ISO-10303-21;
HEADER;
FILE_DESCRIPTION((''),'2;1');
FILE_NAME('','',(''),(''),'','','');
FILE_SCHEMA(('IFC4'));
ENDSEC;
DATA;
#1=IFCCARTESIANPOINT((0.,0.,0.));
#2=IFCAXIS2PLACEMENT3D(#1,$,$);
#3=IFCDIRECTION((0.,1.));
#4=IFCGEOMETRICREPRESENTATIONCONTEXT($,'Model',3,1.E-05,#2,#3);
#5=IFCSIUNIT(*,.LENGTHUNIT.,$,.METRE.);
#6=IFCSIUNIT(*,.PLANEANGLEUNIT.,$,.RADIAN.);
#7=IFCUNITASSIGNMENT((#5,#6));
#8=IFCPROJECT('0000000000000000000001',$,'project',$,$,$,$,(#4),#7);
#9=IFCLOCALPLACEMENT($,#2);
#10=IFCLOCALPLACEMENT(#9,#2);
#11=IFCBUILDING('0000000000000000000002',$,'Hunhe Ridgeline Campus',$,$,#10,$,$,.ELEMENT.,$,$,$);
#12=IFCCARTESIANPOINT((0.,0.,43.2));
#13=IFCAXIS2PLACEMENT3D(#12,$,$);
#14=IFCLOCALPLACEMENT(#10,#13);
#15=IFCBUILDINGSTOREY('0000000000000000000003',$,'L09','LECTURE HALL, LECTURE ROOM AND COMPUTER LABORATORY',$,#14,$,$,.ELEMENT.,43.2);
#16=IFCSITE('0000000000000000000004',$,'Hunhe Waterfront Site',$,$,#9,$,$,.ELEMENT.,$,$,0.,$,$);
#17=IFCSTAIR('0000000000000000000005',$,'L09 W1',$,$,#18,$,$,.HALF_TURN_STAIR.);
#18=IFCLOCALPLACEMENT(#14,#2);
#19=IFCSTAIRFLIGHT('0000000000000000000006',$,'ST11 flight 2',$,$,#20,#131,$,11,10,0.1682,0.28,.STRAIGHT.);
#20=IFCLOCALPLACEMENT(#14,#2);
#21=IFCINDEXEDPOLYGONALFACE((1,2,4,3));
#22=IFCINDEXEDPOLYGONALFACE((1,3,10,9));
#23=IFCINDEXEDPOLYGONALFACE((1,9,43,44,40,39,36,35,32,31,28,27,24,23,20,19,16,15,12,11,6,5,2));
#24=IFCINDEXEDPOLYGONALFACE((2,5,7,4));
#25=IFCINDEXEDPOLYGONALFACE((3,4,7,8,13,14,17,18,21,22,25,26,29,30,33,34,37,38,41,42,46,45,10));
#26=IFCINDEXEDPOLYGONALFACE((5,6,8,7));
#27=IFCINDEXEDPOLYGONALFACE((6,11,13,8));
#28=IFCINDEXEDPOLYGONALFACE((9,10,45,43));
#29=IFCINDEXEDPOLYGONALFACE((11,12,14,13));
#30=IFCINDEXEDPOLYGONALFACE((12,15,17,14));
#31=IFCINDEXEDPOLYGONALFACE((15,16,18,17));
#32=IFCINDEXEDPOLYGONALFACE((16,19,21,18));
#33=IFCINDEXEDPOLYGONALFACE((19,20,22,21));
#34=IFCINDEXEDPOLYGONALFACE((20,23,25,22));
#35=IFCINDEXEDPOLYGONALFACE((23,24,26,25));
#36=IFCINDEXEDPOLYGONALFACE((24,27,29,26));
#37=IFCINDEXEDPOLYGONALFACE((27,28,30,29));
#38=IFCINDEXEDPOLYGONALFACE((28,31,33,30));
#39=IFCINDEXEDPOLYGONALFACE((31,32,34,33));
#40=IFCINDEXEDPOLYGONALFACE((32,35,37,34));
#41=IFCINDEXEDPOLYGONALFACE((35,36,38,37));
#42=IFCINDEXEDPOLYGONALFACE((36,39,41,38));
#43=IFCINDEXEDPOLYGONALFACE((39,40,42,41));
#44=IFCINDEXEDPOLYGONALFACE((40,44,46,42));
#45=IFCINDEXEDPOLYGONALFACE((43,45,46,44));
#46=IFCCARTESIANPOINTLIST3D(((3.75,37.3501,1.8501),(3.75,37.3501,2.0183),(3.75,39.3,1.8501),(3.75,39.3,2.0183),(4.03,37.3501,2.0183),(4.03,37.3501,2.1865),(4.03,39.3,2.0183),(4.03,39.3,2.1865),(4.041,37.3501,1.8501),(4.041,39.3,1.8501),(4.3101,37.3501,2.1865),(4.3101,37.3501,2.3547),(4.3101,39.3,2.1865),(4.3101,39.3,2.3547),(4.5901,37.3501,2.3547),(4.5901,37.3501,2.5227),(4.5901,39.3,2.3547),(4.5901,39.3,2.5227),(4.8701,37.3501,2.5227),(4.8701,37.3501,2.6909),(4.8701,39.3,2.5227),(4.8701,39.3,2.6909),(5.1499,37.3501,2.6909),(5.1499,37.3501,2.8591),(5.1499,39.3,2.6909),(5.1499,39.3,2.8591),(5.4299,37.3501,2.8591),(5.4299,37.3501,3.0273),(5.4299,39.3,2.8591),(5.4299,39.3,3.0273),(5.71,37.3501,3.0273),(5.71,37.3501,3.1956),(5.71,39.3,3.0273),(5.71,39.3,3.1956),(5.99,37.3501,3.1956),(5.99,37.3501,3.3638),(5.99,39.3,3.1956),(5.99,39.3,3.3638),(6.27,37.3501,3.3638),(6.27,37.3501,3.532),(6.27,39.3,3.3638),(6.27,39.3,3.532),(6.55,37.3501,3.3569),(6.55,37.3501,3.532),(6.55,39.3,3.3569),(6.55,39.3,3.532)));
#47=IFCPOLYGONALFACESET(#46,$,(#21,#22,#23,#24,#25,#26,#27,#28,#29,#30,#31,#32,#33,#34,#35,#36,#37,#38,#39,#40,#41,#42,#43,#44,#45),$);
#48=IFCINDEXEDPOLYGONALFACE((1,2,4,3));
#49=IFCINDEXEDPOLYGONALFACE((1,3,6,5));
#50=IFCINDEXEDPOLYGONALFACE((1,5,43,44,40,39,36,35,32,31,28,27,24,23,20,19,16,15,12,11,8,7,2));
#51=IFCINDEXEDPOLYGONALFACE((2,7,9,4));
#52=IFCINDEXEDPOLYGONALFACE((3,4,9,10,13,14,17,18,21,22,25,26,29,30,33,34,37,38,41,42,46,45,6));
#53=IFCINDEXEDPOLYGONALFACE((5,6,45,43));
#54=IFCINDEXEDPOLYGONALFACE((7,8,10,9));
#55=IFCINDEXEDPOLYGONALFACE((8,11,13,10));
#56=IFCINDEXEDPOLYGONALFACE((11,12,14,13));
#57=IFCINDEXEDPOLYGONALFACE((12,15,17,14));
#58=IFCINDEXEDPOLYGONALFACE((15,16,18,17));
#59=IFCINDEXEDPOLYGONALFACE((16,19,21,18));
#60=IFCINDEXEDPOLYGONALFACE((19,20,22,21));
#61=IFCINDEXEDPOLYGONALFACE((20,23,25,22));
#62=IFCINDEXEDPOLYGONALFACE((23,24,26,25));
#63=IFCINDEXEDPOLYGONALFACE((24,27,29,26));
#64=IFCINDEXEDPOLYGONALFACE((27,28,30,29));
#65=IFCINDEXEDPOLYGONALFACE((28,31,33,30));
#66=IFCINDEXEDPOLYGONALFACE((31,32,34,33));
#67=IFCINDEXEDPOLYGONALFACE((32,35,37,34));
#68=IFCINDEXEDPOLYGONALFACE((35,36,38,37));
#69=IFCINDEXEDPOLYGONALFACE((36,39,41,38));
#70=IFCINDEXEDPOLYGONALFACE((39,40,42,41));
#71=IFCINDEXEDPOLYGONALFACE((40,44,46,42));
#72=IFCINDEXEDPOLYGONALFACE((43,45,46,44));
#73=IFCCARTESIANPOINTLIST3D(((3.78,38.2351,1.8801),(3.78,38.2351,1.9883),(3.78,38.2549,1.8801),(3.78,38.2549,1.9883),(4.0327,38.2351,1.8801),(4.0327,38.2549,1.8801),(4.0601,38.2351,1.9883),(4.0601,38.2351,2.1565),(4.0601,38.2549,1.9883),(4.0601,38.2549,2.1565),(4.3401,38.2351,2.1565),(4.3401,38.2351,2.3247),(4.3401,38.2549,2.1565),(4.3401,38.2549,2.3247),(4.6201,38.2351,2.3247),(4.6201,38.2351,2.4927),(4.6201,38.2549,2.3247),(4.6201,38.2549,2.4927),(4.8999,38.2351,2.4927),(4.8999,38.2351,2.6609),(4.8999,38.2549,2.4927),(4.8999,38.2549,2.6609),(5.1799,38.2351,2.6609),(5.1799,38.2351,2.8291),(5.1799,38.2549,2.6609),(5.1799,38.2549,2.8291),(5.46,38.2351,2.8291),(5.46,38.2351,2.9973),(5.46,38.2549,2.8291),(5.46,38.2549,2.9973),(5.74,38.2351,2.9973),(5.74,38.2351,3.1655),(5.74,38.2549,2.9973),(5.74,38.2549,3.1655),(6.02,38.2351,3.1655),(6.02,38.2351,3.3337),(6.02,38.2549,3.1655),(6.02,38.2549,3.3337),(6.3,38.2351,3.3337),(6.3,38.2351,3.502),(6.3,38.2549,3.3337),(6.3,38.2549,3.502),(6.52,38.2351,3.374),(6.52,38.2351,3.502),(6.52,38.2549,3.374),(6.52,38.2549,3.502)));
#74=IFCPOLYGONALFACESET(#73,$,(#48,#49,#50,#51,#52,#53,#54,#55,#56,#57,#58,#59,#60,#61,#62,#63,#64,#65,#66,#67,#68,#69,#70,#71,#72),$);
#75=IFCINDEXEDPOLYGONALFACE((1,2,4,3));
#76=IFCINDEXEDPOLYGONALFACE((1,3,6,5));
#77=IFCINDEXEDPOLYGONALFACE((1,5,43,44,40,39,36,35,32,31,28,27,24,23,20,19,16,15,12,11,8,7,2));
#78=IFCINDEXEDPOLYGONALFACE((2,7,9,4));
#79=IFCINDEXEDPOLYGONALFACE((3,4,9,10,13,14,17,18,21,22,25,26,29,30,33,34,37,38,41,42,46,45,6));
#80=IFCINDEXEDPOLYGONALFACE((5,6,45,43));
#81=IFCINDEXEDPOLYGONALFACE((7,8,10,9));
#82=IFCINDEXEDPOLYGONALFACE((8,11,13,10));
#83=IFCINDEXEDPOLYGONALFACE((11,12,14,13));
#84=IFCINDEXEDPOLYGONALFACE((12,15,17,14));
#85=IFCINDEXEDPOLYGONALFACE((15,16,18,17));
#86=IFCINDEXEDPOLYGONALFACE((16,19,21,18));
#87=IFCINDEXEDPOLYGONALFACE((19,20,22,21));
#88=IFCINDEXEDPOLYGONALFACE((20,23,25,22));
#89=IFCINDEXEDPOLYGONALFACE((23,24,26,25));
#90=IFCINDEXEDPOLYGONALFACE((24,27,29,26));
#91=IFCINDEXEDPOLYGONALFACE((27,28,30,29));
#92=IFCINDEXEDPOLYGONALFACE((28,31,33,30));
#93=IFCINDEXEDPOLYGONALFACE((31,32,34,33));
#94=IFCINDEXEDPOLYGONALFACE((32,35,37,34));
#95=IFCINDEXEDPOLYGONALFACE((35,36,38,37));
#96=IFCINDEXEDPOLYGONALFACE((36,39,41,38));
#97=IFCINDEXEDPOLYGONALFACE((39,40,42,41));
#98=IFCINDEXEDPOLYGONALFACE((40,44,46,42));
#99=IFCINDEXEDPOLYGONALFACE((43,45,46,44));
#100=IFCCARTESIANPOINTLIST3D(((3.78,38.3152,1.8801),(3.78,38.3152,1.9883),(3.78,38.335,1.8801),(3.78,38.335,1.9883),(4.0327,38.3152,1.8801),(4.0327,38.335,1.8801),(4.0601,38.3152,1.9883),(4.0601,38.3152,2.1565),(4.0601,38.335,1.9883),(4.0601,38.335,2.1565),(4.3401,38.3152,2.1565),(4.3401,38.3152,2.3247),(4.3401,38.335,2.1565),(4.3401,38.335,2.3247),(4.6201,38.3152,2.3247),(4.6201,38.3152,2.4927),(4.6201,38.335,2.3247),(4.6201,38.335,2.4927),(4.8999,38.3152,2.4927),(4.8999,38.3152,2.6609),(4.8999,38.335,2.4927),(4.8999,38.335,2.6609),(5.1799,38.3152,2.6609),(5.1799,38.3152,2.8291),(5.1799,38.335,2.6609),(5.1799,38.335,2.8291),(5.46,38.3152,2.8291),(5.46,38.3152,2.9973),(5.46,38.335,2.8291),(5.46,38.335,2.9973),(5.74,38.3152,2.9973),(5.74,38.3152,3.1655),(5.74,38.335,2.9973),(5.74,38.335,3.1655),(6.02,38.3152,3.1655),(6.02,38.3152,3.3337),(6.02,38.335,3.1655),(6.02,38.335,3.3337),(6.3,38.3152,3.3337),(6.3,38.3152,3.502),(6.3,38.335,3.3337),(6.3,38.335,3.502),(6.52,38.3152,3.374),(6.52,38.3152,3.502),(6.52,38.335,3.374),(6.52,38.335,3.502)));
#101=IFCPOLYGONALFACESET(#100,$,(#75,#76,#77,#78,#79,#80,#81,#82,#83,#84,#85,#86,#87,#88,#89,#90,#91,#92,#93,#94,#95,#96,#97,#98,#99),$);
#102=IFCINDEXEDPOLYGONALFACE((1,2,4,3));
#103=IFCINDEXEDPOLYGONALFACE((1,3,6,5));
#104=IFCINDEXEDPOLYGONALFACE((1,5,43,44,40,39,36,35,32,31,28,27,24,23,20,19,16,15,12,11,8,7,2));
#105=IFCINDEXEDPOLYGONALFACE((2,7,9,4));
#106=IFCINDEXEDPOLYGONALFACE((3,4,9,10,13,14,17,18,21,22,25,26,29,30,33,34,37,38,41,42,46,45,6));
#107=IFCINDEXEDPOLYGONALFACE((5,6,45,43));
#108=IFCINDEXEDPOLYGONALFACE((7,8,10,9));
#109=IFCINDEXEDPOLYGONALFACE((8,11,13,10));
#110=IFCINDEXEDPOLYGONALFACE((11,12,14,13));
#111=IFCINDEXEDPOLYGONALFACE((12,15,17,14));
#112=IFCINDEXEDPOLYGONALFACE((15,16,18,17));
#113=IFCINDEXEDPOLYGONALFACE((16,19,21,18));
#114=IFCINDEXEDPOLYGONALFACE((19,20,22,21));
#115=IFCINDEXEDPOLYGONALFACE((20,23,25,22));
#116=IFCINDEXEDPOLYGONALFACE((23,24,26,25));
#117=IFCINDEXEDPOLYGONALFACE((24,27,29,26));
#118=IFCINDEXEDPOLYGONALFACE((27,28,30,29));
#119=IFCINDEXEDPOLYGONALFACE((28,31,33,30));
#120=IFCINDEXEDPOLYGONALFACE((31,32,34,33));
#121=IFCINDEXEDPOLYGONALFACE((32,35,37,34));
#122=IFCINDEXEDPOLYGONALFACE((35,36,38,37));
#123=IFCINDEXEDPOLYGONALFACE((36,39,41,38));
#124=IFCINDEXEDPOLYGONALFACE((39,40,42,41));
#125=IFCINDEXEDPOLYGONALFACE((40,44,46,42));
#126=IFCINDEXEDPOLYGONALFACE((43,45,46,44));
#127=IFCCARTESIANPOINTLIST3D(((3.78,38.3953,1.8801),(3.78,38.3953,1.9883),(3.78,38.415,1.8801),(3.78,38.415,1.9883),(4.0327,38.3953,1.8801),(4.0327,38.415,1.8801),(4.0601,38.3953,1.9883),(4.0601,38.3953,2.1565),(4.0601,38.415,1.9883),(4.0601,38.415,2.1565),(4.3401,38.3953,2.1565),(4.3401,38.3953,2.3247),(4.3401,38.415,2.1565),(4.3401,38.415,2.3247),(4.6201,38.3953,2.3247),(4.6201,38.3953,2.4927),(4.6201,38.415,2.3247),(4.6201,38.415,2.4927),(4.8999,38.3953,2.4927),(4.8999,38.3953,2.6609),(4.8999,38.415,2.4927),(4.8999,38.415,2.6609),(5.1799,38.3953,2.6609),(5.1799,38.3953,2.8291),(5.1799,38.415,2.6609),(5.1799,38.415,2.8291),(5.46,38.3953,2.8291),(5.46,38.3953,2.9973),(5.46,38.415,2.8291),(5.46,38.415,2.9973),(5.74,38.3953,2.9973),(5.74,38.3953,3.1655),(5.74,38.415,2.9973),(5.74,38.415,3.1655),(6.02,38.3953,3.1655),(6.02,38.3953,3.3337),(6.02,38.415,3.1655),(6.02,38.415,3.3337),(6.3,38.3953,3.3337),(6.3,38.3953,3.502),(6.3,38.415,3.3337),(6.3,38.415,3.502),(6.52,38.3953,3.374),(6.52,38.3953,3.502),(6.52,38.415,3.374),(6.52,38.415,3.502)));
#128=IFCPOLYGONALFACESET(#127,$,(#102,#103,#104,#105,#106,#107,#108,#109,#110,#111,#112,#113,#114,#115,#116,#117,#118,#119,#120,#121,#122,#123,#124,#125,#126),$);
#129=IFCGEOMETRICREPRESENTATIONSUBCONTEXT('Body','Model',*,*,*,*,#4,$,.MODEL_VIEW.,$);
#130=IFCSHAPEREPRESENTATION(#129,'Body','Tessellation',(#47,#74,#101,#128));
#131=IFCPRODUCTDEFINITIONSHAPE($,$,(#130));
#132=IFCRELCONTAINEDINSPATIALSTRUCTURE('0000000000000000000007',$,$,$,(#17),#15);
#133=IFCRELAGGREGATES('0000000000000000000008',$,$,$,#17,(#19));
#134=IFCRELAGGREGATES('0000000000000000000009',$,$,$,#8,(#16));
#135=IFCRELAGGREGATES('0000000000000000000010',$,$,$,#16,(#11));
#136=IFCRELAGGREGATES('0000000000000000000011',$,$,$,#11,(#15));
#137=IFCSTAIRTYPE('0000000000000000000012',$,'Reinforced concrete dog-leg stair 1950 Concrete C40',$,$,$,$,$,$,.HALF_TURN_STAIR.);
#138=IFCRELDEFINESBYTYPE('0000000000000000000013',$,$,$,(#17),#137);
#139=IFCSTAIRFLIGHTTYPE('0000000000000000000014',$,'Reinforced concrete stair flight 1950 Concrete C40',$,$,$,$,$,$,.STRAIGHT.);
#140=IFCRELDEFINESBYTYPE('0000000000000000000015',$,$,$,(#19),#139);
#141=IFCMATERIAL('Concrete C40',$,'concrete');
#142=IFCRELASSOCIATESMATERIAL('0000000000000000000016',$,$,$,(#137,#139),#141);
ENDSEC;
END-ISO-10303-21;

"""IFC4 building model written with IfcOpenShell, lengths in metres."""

from ifc_helpers import new_model, si_unit, direction, frame, origin, place, context, subcontext, project, spatial, polyline, outline, extrude, material, type_object, element, aggregate, save


model = new_model("IFC4")

# Units and contexts
model_context = context("Model", 3, precision=1e-05, world=origin(), true_north=direction((0.0, 1.0)))
body_context = subcontext(model_context, "Body", "Model", "MODEL_VIEW")
ifc_project = project(units=[si_unit("LENGTHUNIT", "METRE"), si_unit("PLANEANGLEUNIT", "RADIAN")], contexts=[model_context])

# Site, building, storey
site_placement = place(None, origin())
site = spatial("IfcSite", under=ifc_project, at=site_placement, Name="Hunhe Waterfront Site", CompositionType="ELEMENT", RefElevation=0.0)
building_placement = place(site_placement, origin())
building = spatial("IfcBuilding", under=site, at=building_placement, Name="Hunhe Ridgeline Campus", CompositionType="ELEMENT")
storey_placement = place(building_placement, frame((0.0, 0.0, 43.2)))
storey = spatial("IfcBuildingStorey", under=building, at=storey_placement, Name="L09", Description="LECTURE HALL, LECTURE ROOM AND COMPUTER LABORATORY", CompositionType="ELEMENT", Elevation=43.2)

# Stair, stair flight
ifc_material_1 = material(Name="Concrete C40", Category="concrete")
stair_type = type_object("IfcStairType", Name="Reinforced concrete dog-leg stair 1950 Concrete C40", PredefinedType="HALF_TURN_STAIR", material=ifc_material_1)
stair_placement = place(storey_placement, origin())
stair = element("IfcStair", 1, at=stair_placement, inside=storey, type_object=stair_type, Name="L09 W1", PredefinedType="HALF_TURN_STAIR")
stair_flight_type = type_object("IfcStairFlightType", Name="Reinforced concrete stair flight 1950 Concrete C40", PredefinedType="STRAIGHT", material=ifc_material_1)
stair_flight_1_placement = place(storey_placement, frame((3.75, 38.325, 1.8501), z_axis=(0.0, 0.0, 1.0), x_axis=(1.0, 0.0, 0.0)))
stair_flight_1 = element("IfcStairFlight", 2, at=stair_flight_1_placement, type_object=stair_flight_type, Name="ST11 flight 2", NumberOfRisers=11, NumberOfTreads=10, PredefinedType="STRAIGHT", RiserHeight=0.1682, TreadLength=0.28, context=body_context, shape_type="SweptSolid", body=[
    extrude(outline(polyline([(0.0, 0.0), (0.0, 0.1682), (0.28, 0.1682), (0.28, 0.3364), (0.5601, 0.3364), (0.5601, 0.5046), (0.8401, 0.5046), (0.8401, 0.6726), (1.1201, 0.6726), (1.1201, 0.8408), (1.3999, 0.8408), (1.3999, 1.009), (1.6799, 1.009), (1.6799, 1.1772), (1.96, 1.1772), (1.96, 1.3455), (2.24, 1.3455), (2.24, 1.5137), (2.52, 1.5137), (2.52, 1.6819), (2.8, 1.6819), (2.8, 1.8501), (2.8, 1.5068), (0.291, 0.0), (0.0, 0.0)])), frame((0.0, 0.9751, 0.0), z_axis=(0.0, -1.0, 0.0), x_axis=(1.0, 0.0, 0.0)), (0.0, 0.0, 1.0), 1.95),
    extrude(outline(polyline([(0.03, 0.03), (0.03, 0.1382), (0.3101, 0.1382), (0.3101, 0.3064), (0.5901, 0.3064), (0.5901, 0.4746), (0.8701, 0.4746), (0.8701, 0.6426), (1.1499, 0.6426), (1.1499, 0.8108), (1.4299, 0.8108), (1.4299, 0.979), (1.71, 0.979), (1.71, 1.1472), (1.99, 1.1472), (1.99, 1.3154), (2.27, 1.3154), (2.27, 1.4836), (2.55, 1.4836), (2.55, 1.6519), (2.77, 1.6519), (2.77, 1.5239), (0.2827, 0.03), (0.03, 0.03)])), frame((0.0, -0.0701, 0.0), z_axis=(0.0, -1.0, 0.0), x_axis=(1.0, 0.0, 0.0)), (0.0, 0.0, 1.0), 0.0198),
    extrude(outline(polyline([(0.03, 0.03), (0.03, 0.1382), (0.3101, 0.1382), (0.3101, 0.3064), (0.5901, 0.3064), (0.5901, 0.4746), (0.8701, 0.4746), (0.8701, 0.6426), (1.1499, 0.6426), (1.1499, 0.8108), (1.4299, 0.8108), (1.4299, 0.979), (1.71, 0.979), (1.71, 1.1472), (1.99, 1.1472), (1.99, 1.3154), (2.27, 1.3154), (2.27, 1.4836), (2.55, 1.4836), (2.55, 1.6519), (2.77, 1.6519), (2.77, 1.5239), (0.2827, 0.03), (0.03, 0.03)])), frame((0.0, 0.01, 0.0), z_axis=(0.0, -1.0, 0.0), x_axis=(1.0, 0.0, 0.0)), (0.0, 0.0, 1.0), 0.0198),
    extrude(outline(polyline([(0.03, 0.03), (0.03, 0.1382), (0.3101, 0.1382), (0.3101, 0.3064), (0.5901, 0.3064), (0.5901, 0.4746), (0.8701, 0.4746), (0.8701, 0.6426), (1.1499, 0.6426), (1.1499, 0.8108), (1.4299, 0.8108), (1.4299, 0.979), (1.71, 0.979), (1.71, 1.1472), (1.99, 1.1472), (1.99, 1.3154), (2.27, 1.3154), (2.27, 1.4836), (2.55, 1.4836), (2.55, 1.6519), (2.77, 1.6519), (2.77, 1.5239), (0.2827, 0.03), (0.03, 0.03)])), frame((0.0, 0.0901, 0.0), z_axis=(0.0, -1.0, 0.0), x_axis=(1.0, 0.0, 0.0)), (0.0, 0.0, 1.0), 0.0198),
])
aggregate(stair, [stair_flight_1])

save(model, "model.ifc")
